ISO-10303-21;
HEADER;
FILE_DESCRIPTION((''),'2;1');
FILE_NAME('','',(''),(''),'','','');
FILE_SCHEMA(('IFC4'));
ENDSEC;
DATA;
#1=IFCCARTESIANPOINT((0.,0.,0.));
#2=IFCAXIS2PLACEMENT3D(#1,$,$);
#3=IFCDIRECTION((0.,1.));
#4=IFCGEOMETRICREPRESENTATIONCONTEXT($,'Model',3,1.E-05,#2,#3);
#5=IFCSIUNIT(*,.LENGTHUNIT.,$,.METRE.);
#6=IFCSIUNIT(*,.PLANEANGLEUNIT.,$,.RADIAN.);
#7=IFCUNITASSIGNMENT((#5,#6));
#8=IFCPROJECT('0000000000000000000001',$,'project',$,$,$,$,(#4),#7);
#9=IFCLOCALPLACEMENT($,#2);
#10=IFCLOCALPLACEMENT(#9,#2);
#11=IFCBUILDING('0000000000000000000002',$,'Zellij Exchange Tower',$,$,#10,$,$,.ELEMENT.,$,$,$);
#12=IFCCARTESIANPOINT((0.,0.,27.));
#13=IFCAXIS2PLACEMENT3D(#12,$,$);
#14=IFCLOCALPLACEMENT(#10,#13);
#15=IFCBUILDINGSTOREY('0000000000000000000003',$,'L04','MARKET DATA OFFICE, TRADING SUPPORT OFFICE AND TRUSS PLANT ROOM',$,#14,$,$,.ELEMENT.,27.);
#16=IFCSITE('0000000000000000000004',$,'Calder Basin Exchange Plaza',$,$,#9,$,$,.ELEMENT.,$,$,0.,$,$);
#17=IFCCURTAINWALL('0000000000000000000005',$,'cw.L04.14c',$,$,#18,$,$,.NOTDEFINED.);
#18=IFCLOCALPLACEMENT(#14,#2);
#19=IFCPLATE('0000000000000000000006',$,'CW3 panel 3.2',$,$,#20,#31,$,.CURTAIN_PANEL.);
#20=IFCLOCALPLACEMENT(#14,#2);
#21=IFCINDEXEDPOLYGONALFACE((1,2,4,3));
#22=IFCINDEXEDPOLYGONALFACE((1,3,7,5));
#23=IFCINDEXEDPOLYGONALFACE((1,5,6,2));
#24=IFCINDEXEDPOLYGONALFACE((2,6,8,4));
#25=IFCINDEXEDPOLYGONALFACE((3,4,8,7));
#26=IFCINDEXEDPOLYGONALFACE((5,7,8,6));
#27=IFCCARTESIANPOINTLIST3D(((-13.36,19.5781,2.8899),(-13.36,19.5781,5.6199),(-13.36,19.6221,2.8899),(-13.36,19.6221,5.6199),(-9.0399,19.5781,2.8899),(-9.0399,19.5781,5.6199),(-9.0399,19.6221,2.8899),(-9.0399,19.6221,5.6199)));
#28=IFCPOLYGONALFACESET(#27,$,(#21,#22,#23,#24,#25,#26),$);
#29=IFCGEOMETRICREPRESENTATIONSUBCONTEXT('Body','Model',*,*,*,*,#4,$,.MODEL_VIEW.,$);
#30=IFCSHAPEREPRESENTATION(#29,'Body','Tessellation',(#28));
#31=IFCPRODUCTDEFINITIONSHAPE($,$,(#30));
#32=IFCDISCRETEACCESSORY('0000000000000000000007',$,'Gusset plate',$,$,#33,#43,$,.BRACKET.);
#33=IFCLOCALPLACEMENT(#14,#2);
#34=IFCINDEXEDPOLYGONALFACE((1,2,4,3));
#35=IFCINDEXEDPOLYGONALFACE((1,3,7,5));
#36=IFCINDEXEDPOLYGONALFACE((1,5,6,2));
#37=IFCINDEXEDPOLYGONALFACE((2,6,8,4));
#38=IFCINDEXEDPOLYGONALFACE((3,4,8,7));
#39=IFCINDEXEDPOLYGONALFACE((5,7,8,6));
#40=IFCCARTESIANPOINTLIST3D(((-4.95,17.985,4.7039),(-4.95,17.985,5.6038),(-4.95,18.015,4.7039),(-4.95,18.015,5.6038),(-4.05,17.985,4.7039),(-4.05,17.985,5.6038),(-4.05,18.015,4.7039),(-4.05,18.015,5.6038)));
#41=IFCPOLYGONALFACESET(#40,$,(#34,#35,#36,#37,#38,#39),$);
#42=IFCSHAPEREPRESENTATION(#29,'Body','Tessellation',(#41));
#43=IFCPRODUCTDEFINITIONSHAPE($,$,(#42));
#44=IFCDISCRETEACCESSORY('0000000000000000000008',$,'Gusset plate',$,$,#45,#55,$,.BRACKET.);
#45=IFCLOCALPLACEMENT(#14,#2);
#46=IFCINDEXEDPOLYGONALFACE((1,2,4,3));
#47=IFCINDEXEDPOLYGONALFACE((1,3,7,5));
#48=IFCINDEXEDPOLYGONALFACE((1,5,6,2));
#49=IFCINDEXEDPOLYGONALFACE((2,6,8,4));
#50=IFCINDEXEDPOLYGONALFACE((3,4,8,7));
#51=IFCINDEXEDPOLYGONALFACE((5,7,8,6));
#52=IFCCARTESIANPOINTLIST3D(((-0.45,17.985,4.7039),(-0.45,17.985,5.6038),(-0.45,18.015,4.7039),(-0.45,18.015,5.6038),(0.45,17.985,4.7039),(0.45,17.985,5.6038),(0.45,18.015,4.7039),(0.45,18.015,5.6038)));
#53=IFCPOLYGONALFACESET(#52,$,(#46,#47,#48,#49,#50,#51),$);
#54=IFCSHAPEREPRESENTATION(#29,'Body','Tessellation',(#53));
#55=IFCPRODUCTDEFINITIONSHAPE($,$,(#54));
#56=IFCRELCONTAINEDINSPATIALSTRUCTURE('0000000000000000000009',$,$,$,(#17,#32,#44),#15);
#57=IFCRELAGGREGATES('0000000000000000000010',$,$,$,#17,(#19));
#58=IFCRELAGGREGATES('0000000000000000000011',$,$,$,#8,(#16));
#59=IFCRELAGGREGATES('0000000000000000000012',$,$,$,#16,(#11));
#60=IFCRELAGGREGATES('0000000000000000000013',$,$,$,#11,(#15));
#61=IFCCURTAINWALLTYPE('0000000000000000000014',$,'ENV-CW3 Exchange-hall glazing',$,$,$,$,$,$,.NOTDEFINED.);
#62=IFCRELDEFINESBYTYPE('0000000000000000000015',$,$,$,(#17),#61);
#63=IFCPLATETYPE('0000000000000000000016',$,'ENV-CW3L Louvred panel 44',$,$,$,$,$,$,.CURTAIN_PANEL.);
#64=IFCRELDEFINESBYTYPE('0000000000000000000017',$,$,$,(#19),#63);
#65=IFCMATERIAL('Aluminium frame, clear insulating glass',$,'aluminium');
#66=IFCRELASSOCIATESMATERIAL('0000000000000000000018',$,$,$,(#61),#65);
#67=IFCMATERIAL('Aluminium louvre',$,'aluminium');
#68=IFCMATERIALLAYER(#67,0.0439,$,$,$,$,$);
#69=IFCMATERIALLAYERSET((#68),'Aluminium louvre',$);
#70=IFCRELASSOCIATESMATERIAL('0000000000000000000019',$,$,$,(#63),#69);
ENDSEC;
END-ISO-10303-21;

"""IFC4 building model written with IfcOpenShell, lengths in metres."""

from ifc_helpers import new_model, si_unit, direction, frame, origin, origin_2d, place, context, subcontext, project, spatial, rectangle, extrude, material, layer, layer_set, type_object, element, aggregate, save


model = new_model("IFC4")

# Units and contexts
model_context = context("Model", 3, precision=1e-05, world=origin(), true_north=direction((0.0, 1.0)))
body_context = subcontext(model_context, "Body", "Model", "MODEL_VIEW")
ifc_project = project(units=[si_unit("LENGTHUNIT", "METRE"), si_unit("PLANEANGLEUNIT", "RADIAN")], contexts=[model_context])

# Site, building, storey
site_placement = place(None, origin())
site = spatial("IfcSite", under=ifc_project, at=site_placement, Name="Calder Basin Exchange Plaza", CompositionType="ELEMENT", RefElevation=0.0)
building_placement = place(site_placement, origin())
building = spatial("IfcBuilding", under=site, at=building_placement, Name="Zellij Exchange Tower", CompositionType="ELEMENT")
storey_placement = place(building_placement, frame((0.0, 0.0, 27.0)))
storey = spatial("IfcBuildingStorey", under=building, at=storey_placement, Name="L04", Description="MARKET DATA OFFICE, TRADING SUPPORT OFFICE AND TRUSS PLANT ROOM", CompositionType="ELEMENT", Elevation=27.0)

# Curtain wall
ifc_material_1 = material(Name="Aluminium frame, clear insulating glass", Category="aluminium")
curtain_wall_type = type_object("IfcCurtainWallType", Name="ENV-CW3 Exchange-hall glazing", PredefinedType="NOTDEFINED", material=ifc_material_1)
curtain_wall_placement = place(storey_placement, origin())
curtain_wall = element("IfcCurtainWall", 1, at=curtain_wall_placement, inside=storey, type_object=curtain_wall_type, Name="cw.L04.14c", PredefinedType="NOTDEFINED")

# Plate
ifc_material_2 = material(Name="Aluminium louvre", Category="aluminium")
ifc_layer = layer(ifc_material_2, 0.0439)
ifc_layer_set = layer_set([ifc_layer], Name="Aluminium louvre")
plate_type = type_object("IfcPlateType", Name="ENV-CW3L Louvred panel 44", PredefinedType="CURTAIN_PANEL", material=ifc_layer_set)
plate_1_placement = place(storey_placement, frame((-11.2, 19.6001, 2.8899), z_axis=(0.0, 0.0, 1.0), x_axis=(-1.0, 0.0, 0.0)))
plate_1 = element("IfcPlate", 2, at=plate_1_placement, type_object=plate_type, Name="CW3 panel 3.2", PredefinedType="CURTAIN_PANEL", context=body_context, shape_type="SweptSolid", body=[
    extrude(rectangle(XDim=4.3201, YDim=0.0439, at=origin_2d()), origin(), (0.0, 0.0, 1.0), 2.73),
])
aggregate(curtain_wall, [plate_1])

# Discrete accessories
for number, where, z_axis, x_axis, name in (
    (3, (-4.5, 18.0, 4.7039), (0.0, 0.0, 1.0), (1.0, 0.0, 0.0), "Gusset plate"),
    (4, (0.0, 18.0, 4.7039), (0.0, 0.0, 1.0), (1.0, 0.0, 0.0), "Gusset plate"),
):
    element("IfcDiscreteAccessory", number, at=place(storey_placement, frame(where, z_axis=z_axis, x_axis=x_axis)), inside=storey, Name=name, PredefinedType="BRACKET", context=body_context, shape_type="SweptSolid", body=[
        extrude(rectangle(XDim=0.8999, YDim=0.03, at=origin_2d()), origin(), (0.0, 0.0, 1.0), 0.8999),
    ])

save(model, "model.ifc")
